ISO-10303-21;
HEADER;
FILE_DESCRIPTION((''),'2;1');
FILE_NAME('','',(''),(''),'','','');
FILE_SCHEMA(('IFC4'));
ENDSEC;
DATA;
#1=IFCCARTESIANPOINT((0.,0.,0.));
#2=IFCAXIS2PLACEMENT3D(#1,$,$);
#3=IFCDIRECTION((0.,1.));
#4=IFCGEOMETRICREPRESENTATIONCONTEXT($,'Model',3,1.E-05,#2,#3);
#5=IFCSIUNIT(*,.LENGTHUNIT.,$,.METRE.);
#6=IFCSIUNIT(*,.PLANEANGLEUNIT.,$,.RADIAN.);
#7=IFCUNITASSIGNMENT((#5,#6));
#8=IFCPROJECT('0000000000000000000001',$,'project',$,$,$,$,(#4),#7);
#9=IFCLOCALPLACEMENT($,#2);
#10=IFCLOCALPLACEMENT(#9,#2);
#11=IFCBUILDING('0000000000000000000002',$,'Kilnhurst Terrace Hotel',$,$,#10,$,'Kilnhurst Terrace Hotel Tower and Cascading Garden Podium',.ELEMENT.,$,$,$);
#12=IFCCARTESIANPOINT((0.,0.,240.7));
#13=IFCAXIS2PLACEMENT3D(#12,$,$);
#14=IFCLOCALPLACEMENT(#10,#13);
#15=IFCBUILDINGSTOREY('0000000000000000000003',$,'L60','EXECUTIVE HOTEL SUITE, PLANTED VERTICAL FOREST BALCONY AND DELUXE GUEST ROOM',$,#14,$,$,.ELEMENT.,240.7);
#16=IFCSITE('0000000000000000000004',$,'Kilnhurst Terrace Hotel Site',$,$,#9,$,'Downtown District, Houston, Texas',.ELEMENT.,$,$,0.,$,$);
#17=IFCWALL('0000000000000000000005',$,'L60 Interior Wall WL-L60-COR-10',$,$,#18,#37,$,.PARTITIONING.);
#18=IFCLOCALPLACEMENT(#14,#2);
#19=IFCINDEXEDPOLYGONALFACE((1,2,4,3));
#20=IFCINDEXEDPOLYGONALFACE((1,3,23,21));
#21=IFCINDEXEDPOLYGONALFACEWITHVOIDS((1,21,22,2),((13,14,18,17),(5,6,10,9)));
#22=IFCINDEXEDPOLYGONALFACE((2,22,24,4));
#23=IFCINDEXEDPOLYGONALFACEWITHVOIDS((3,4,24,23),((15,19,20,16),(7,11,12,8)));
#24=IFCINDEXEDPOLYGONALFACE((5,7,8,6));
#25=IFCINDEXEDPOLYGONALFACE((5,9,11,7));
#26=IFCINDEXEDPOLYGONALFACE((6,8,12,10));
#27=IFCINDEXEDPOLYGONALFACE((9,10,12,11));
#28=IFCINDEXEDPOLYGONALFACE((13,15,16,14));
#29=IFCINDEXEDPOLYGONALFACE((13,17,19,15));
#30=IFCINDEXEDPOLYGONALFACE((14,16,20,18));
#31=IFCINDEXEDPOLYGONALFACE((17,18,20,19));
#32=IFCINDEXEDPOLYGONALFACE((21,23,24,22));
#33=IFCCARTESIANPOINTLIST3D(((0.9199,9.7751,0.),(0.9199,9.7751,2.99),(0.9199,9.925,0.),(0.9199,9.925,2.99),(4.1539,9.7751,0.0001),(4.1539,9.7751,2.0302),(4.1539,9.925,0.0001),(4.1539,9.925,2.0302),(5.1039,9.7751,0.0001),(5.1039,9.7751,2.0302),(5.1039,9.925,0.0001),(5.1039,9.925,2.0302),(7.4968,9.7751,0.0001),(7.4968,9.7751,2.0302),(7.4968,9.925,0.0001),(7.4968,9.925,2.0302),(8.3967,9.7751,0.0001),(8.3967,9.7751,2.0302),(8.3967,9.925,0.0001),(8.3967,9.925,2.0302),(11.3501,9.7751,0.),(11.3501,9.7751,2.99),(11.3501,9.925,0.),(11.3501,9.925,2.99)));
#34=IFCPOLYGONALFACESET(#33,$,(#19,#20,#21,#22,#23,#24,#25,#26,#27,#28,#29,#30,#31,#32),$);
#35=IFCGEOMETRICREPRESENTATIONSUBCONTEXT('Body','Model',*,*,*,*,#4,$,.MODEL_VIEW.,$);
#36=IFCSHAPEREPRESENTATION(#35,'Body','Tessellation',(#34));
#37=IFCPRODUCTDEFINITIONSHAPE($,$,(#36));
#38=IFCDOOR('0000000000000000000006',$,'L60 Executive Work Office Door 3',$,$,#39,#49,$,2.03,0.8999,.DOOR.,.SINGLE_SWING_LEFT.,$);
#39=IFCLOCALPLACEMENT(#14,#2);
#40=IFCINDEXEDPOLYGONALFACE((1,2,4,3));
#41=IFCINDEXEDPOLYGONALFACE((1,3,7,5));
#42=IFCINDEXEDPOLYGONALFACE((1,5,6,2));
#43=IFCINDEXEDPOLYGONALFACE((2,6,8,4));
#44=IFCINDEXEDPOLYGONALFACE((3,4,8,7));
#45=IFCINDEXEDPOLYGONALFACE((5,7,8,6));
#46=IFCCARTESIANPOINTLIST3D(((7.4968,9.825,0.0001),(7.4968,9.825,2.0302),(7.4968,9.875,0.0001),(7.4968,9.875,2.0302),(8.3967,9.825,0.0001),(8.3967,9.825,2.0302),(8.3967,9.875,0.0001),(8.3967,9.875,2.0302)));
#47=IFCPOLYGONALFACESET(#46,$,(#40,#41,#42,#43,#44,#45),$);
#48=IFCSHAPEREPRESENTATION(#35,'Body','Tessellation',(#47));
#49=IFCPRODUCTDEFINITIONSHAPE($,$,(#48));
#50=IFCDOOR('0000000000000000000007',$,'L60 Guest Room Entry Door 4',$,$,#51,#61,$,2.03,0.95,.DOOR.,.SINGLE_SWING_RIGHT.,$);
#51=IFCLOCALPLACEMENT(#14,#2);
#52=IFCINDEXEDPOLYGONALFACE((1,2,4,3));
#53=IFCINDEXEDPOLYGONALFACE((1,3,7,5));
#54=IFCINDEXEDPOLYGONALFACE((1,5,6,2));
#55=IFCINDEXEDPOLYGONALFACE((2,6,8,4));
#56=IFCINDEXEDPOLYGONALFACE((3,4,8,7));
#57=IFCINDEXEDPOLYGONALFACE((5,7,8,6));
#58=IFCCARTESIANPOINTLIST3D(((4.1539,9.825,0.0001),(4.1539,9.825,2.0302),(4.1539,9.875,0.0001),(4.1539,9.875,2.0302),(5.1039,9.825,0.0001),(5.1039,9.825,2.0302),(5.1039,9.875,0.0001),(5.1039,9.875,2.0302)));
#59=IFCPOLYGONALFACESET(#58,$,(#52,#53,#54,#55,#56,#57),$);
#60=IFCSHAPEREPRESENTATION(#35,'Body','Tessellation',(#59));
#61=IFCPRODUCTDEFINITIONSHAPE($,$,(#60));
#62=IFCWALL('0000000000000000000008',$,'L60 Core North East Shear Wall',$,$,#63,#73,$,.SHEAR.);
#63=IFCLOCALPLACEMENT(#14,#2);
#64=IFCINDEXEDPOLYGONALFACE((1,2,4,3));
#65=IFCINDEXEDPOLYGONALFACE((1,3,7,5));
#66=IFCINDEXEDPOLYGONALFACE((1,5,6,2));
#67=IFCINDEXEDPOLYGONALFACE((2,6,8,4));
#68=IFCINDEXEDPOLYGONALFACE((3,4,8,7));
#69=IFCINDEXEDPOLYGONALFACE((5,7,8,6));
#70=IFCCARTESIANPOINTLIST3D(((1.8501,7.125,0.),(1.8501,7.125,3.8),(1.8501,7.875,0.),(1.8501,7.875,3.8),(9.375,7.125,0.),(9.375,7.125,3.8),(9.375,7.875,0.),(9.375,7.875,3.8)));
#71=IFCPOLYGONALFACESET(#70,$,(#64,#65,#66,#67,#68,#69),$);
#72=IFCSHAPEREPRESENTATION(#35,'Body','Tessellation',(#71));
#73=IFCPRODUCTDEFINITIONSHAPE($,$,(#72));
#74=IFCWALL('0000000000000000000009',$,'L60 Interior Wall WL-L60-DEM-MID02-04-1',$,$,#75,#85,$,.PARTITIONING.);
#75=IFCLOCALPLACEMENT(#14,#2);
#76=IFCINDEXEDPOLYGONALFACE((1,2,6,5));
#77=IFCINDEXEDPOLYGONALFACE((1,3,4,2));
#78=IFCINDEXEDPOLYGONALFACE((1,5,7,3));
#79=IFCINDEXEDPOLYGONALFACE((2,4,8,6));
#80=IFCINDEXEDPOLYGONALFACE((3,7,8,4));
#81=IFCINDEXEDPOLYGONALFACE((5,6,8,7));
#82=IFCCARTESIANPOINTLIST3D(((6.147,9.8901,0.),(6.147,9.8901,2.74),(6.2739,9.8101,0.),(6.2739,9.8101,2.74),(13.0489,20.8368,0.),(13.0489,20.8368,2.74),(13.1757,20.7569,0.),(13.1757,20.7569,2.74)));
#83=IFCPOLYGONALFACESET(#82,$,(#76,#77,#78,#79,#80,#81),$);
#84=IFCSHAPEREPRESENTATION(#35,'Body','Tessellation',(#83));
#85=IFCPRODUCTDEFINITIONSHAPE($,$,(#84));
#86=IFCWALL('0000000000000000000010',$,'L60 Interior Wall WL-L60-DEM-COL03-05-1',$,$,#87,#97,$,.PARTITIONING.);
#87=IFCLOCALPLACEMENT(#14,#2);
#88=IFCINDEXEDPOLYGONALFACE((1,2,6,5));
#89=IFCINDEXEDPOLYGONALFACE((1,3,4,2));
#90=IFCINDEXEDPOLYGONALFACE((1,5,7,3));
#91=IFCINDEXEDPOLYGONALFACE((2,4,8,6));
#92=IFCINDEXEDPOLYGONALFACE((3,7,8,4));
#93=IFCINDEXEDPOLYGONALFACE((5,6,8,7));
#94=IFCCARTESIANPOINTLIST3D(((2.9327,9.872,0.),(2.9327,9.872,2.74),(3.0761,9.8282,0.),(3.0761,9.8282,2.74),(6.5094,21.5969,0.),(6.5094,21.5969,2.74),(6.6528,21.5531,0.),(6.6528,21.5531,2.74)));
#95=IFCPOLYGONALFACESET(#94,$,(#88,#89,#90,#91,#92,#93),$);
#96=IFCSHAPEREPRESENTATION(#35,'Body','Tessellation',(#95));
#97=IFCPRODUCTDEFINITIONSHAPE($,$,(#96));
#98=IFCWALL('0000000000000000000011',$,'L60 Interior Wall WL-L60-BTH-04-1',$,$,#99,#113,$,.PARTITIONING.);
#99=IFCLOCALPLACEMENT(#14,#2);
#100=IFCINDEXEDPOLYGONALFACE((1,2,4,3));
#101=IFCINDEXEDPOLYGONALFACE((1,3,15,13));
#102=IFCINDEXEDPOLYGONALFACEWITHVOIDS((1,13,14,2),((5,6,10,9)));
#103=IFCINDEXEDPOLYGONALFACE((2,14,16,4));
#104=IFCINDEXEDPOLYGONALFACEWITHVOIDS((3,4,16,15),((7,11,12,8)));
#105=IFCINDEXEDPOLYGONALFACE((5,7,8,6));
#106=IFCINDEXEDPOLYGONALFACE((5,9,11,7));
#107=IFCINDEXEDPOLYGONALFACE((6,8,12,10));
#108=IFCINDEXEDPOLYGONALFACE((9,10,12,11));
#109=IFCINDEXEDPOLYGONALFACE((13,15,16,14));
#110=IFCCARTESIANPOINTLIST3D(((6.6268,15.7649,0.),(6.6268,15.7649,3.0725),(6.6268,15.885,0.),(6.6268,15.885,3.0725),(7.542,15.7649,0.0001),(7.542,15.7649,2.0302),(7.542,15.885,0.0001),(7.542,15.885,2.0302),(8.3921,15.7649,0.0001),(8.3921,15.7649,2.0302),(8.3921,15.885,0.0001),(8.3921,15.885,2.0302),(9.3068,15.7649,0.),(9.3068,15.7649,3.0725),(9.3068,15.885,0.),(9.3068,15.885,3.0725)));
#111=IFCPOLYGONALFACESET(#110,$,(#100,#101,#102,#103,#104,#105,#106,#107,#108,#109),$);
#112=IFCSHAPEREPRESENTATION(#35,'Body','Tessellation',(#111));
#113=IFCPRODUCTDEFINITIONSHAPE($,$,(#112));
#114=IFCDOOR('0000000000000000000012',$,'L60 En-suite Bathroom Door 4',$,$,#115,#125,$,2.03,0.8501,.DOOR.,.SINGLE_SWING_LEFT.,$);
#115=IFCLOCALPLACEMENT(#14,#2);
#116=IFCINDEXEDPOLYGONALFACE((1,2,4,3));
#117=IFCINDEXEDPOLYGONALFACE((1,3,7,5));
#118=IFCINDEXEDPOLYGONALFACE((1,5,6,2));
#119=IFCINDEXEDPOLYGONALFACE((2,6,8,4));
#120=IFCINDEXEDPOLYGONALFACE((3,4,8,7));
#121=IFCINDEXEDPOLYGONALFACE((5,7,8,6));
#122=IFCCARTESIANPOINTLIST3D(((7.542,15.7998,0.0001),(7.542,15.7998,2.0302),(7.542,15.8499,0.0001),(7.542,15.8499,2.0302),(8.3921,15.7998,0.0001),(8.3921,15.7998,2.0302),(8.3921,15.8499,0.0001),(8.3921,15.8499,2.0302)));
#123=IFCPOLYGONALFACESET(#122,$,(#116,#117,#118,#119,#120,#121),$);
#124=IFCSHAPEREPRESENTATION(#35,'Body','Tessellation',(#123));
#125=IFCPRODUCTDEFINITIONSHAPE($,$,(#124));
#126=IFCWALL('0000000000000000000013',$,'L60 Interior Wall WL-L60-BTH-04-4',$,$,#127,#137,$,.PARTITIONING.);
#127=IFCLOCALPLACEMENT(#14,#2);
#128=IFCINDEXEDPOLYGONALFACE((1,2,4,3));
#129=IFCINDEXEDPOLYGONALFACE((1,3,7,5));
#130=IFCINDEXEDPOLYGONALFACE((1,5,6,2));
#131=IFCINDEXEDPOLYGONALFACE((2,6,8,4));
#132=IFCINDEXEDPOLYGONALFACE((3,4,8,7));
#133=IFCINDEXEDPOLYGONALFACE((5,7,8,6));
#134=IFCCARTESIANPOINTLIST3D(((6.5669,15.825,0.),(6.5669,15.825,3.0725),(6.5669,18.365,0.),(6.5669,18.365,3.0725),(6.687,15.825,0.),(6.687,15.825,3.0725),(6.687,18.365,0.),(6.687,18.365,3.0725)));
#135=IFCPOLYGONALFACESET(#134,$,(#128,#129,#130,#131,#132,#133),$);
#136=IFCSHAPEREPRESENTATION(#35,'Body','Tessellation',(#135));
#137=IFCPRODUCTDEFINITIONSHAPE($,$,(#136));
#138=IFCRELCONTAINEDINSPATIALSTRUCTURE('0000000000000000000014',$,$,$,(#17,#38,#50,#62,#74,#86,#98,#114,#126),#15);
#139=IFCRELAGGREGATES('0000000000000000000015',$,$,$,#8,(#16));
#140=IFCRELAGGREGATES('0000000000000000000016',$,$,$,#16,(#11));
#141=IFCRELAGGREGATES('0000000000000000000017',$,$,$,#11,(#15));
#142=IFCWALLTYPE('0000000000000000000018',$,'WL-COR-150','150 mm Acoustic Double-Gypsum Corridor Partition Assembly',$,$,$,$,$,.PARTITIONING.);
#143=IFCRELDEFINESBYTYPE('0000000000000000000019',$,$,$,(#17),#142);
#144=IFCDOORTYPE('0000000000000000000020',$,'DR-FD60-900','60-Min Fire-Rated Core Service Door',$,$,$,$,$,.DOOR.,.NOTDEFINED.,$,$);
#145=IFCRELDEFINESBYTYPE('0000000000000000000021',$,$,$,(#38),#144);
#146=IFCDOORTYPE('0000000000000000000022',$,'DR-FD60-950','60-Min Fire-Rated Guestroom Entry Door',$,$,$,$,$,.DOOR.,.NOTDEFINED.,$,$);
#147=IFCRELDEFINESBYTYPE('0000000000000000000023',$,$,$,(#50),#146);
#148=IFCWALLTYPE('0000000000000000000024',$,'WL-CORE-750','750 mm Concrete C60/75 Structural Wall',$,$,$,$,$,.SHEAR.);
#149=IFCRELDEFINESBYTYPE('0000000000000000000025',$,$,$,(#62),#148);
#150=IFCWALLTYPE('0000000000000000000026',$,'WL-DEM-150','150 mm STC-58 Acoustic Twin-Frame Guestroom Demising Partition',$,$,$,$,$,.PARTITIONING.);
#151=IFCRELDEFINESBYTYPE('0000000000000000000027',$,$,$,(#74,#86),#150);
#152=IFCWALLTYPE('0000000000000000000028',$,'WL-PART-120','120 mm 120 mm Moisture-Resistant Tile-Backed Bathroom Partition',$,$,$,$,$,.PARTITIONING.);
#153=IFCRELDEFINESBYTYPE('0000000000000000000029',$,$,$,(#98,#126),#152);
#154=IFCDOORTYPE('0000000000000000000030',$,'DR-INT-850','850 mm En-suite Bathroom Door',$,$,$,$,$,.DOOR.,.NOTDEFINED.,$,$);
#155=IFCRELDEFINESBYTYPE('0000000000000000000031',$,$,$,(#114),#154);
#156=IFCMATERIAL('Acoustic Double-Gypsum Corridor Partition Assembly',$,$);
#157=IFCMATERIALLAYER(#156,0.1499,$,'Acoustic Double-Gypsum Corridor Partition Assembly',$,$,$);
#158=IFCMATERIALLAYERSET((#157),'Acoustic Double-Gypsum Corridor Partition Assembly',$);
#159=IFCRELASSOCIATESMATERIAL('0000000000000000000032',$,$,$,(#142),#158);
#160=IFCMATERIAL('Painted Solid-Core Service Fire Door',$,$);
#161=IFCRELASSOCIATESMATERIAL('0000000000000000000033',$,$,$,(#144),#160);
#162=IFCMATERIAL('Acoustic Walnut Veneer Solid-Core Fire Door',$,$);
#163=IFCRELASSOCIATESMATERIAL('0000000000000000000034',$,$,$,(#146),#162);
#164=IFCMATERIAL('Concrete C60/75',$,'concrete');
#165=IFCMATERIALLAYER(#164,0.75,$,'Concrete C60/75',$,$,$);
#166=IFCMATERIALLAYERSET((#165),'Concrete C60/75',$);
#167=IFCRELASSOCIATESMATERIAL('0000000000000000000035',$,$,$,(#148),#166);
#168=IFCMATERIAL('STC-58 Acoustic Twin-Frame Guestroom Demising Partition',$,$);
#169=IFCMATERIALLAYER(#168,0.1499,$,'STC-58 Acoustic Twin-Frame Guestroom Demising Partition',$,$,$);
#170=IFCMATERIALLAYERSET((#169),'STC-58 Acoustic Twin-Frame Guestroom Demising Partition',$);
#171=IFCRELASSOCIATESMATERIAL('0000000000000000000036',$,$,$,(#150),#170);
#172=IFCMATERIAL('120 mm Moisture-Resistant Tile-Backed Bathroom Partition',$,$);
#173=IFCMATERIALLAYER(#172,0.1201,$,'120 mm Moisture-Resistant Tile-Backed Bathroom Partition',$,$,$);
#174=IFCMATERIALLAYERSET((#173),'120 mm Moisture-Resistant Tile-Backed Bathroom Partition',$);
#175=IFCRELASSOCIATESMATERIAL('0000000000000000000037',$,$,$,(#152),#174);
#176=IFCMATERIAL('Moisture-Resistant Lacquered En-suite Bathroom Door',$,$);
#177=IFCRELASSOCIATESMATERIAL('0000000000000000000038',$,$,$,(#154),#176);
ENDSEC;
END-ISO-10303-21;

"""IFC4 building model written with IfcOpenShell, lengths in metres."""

from ifc_helpers import new_model, si_unit, direction, frame, frame_2d, origin, place, context, subcontext, project, spatial, rectangle, extrude, material, layer, layer_set, type_object, element, fill, save


model = new_model("IFC4")

# Units and contexts
model_context = context("Model", 3, precision=1e-05, world=origin(), true_north=direction((0.0, 1.0)))
body_context = subcontext(model_context, "Body", "Model", "MODEL_VIEW")
ifc_project = project(units=[si_unit("LENGTHUNIT", "METRE"), si_unit("PLANEANGLEUNIT", "RADIAN")], contexts=[model_context])

# Site, building, storey
site_placement = place(None, origin())
site = spatial("IfcSite", under=ifc_project, at=site_placement, Name="Kilnhurst Terrace Hotel Site", LongName="Downtown District, Houston, Texas", CompositionType="ELEMENT", RefElevation=0.0)
building_placement = place(site_placement, origin())
building = spatial("IfcBuilding", under=site, at=building_placement, Name="Kilnhurst Terrace Hotel", LongName="Kilnhurst Terrace Hotel Tower and Cascading Garden Podium", CompositionType="ELEMENT")
storey_placement = place(building_placement, frame((0.0, 0.0, 240.7)))
storey = spatial("IfcBuildingStorey", under=building, at=storey_placement, Name="L60", Description="EXECUTIVE HOTEL SUITE, PLANTED VERTICAL FOREST BALCONY AND DELUXE GUEST ROOM", CompositionType="ELEMENT", Elevation=240.7)

# Shared definitions
ifc_material_1 = material(Name="Concrete C60/75", Category="concrete")

# Shared definitions
ifc_material_2 = material(Name="Acoustic Double-Gypsum Corridor Partition Assembly")
ifc_layer_1 = layer(ifc_material_2, 0.1499, Name="Acoustic Double-Gypsum Corridor Partition Assembly")
ifc_layer_set_1 = layer_set([ifc_layer_1], Name="Acoustic Double-Gypsum Corridor Partition Assembly")
wall_type_1 = type_object("IfcWallType", Name="WL-COR-150", Description="150 mm Acoustic Double-Gypsum Corridor Partition Assembly", PredefinedType="PARTITIONING", material=ifc_layer_set_1)

# Wall, openings, doors
wall_1_placement = place(storey_placement, frame((0.9199, 9.8501, 0.0), z_axis=(0.0, 0.0, 1.0), x_axis=(1.0, 0.0, 0.0)))
wall_1 = element("IfcWall", 1, at=wall_1_placement, inside=storey, type_object=wall_type_1, Name="L60 Interior Wall WL-L60-COR-10", PredefinedType="PARTITIONING", context=body_context, shape_type="SweptSolid", body=[
    extrude(rectangle(XDim=10.4302, YDim=0.1499, at=frame_2d((5.2151, 0.0))), origin(), (0.0, 0.0, 1.0), 2.99),
])
opening_1_placement = place(wall_1_placement, frame((6.5769, 0.0, 0.0)))
opening_1 = element("IfcOpeningElement", 2, at=opening_1_placement, cuts=wall_1, PredefinedType="OPENING", context=body_context, shape_type="SweptSolid", body=[
    extrude(rectangle(XDim=0.8999, YDim=2.03, at=frame_2d((0.45, 1.0151))), frame((0.0, 0.085, 0.0), z_axis=(0.0, -1.0, 0.0), x_axis=(1.0, 0.0, 0.0)), (0.0, 0.0, 1.0), 0.1699),
])
opening_2_placement = place(wall_1_placement, frame((3.2339, 0.0, 0.0)))
opening_2 = element("IfcOpeningElement", 3, at=opening_2_placement, cuts=wall_1, PredefinedType="OPENING", context=body_context, shape_type="SweptSolid", body=[
    extrude(rectangle(XDim=0.95, YDim=2.03, at=frame_2d((0.4751, 1.0151))), frame((0.0, 0.085, 0.0), z_axis=(0.0, -1.0, 0.0), x_axis=(1.0, 0.0, 0.0)), (0.0, 0.0, 1.0), 0.1699),
])
ifc_material_3 = material(Name="Painted Solid-Core Service Fire Door")
door_type_1 = type_object("IfcDoorType", Name="DR-FD60-900", Description="60-Min Fire-Rated Core Service Door", OperationType="NOTDEFINED", PredefinedType="DOOR", material=ifc_material_3)
door_1_placement = place(opening_1_placement, origin())
door_1 = element("IfcDoor", 4, at=door_1_placement, inside=storey, type_object=door_type_1, Name="L60 Executive Work Office Door 3", OperationType="SINGLE_SWING_LEFT", OverallHeight=2.03, OverallWidth=0.8999, PredefinedType="DOOR", context=body_context, shape_type="SweptSolid", body=[
    extrude(rectangle(XDim=0.8999, YDim=2.03, at=frame_2d((0.45, 1.0151))), frame((0.0, 0.0249, 0.0), z_axis=(0.0, -1.0, 0.0), x_axis=(1.0, 0.0, 0.0)), (0.0, 0.0, 1.0), 0.05),
])
fill(opening_1, door_1)
ifc_material_4 = material(Name="Acoustic Walnut Veneer Solid-Core Fire Door")
door_type_2 = type_object("IfcDoorType", Name="DR-FD60-950", Description="60-Min Fire-Rated Guestroom Entry Door", OperationType="NOTDEFINED", PredefinedType="DOOR", material=ifc_material_4)
door_2_placement = place(opening_2_placement, origin())
door_2 = element("IfcDoor", 5, at=door_2_placement, inside=storey, type_object=door_type_2, Name="L60 Guest Room Entry Door 4", OperationType="SINGLE_SWING_RIGHT", OverallHeight=2.03, OverallWidth=0.95, PredefinedType="DOOR", context=body_context, shape_type="SweptSolid", body=[
    extrude(rectangle(XDim=0.95, YDim=2.03, at=frame_2d((0.4751, 1.0151))), frame((0.0, 0.0249, 0.0), z_axis=(0.0, -1.0, 0.0), x_axis=(1.0, 0.0, 0.0)), (0.0, 0.0, 1.0), 0.05),
])
fill(opening_2, door_2)

# Walls
ifc_layer_2 = layer(ifc_material_1, 0.75, Name="Concrete C60/75")
ifc_layer_set_2 = layer_set([ifc_layer_2], Name="Concrete C60/75")
wall_type_2 = type_object("IfcWallType", Name="WL-CORE-750", Description="750 mm Concrete C60/75 Structural Wall", PredefinedType="SHEAR", material=ifc_layer_set_2)
wall_2_placement = place(storey_placement, frame((1.8501, 7.5, 0.0), z_axis=(0.0, 0.0, 1.0), x_axis=(1.0, 0.0, 0.0)))
element("IfcWall", 6, at=wall_2_placement, inside=storey, type_object=wall_type_2, Name="L60 Core North East Shear Wall", PredefinedType="SHEAR", context=body_context, shape_type="SweptSolid", body=[
    extrude(rectangle(XDim=7.5249, YDim=0.75, at=frame_2d((3.7625, 0.0))), origin(), (0.0, 0.0, 1.0), 3.8),
])
ifc_material_5 = material(Name="STC-58 Acoustic Twin-Frame Guestroom Demising Partition")
ifc_layer_3 = layer(ifc_material_5, 0.1499, Name="STC-58 Acoustic Twin-Frame Guestroom Demising Partition")
ifc_layer_set_3 = layer_set([ifc_layer_3], Name="STC-58 Acoustic Twin-Frame Guestroom Demising Partition")
wall_type_3 = type_object("IfcWallType", Name="WL-DEM-150", Description="150 mm STC-58 Acoustic Twin-Frame Guestroom Demising Partition", PredefinedType="PARTITIONING", material=ifc_layer_set_3)
wall_3_placement = place(storey_placement, frame((6.2104, 9.8501, 0.0), z_axis=(0.0, 0.0, 1.0), x_axis=(0.533336, 0.845904, 0.0)))
element("IfcWall", 7, at=wall_3_placement, inside=storey, type_object=wall_type_3, Name="L60 Interior Wall WL-L60-DEM-MID02-04-1", PredefinedType="PARTITIONING", context=body_context, shape_type="SweptSolid", body=[
    extrude(rectangle(XDim=12.9409, YDim=0.1499, at=frame_2d((6.4705, 0.0))), origin(), (0.0, 0.0, 1.0), 2.74),
])
wall_4_placement = place(storey_placement, frame((3.0044, 9.8501, 0.0), z_axis=(0.0, 0.0, 1.0), x_axis=(0.291776, 0.956487, 0.0)))
element("IfcWall", 8, at=wall_4_placement, inside=storey, type_object=wall_type_3, Name="L60 Interior Wall WL-L60-DEM-COL03-05-1", PredefinedType="PARTITIONING", context=body_context, shape_type="SweptSolid", body=[
    extrude(rectangle(XDim=12.2583, YDim=0.1499, at=frame_2d((6.1292, 0.0))), origin(), (0.0, 0.0, 1.0), 2.74),
])

# Wall, opening, door
ifc_material_6 = material(Name="120 mm Moisture-Resistant Tile-Backed Bathroom Partition")
ifc_layer_4 = layer(ifc_material_6, 0.1201, Name="120 mm Moisture-Resistant Tile-Backed Bathroom Partition")
ifc_layer_set_4 = layer_set([ifc_layer_4], Name="120 mm Moisture-Resistant Tile-Backed Bathroom Partition")
wall_type_4 = type_object("IfcWallType", Name="WL-PART-120", Description="120 mm 120 mm Moisture-Resistant Tile-Backed Bathroom Partition", PredefinedType="PARTITIONING", material=ifc_layer_set_4)
wall_5_placement = place(storey_placement, frame((6.627, 15.825, 0.0), z_axis=(0.0, 0.0, 1.0), x_axis=(1.0, 0.0, 0.0)))
wall_5 = element("IfcWall", 9, at=wall_5_placement, inside=storey, type_object=wall_type_4, Name="L60 Interior Wall WL-L60-BTH-04-1", PredefinedType="PARTITIONING", context=body_context, shape_type="SweptSolid", body=[
    extrude(rectangle(XDim=2.6799, YDim=0.1201, at=frame_2d((1.3398, 0.0))), origin(), (0.0, 0.0, 1.0), 3.0725),
])
opening_3_placement = place(wall_5_placement, frame((0.915, 0.0, 0.0)))
opening_3 = element("IfcOpeningElement", 10, at=opening_3_placement, cuts=wall_5, PredefinedType="OPENING", context=body_context, shape_type="SweptSolid", body=[
    extrude(rectangle(XDim=0.8501, YDim=2.03, at=frame_2d((0.425, 1.0151))), frame((0.0, 0.0701, 0.0), z_axis=(0.0, -1.0, 0.0), x_axis=(1.0, 0.0, 0.0)), (0.0, 0.0, 1.0), 0.1401),
])
ifc_material_7 = material(Name="Moisture-Resistant Lacquered En-suite Bathroom Door")
door_type_3 = type_object("IfcDoorType", Name="DR-INT-850", Description="850 mm En-suite Bathroom Door", OperationType="NOTDEFINED", PredefinedType="DOOR", material=ifc_material_7)
door_3_placement = place(opening_3_placement, origin())
door_3 = element("IfcDoor", 11, at=door_3_placement, inside=storey, type_object=door_type_3, Name="L60 En-suite Bathroom Door 4", OperationType="SINGLE_SWING_LEFT", OverallHeight=2.03, OverallWidth=0.8501, PredefinedType="DOOR", context=body_context, shape_type="SweptSolid", body=[
    extrude(rectangle(XDim=0.8501, YDim=2.03, at=frame_2d((0.425, 1.0151))), frame((0.0, 0.0249, 0.0), z_axis=(0.0, -1.0, 0.0), x_axis=(1.0, 0.0, 0.0)), (0.0, 0.0, 1.0), 0.05),
])
fill(opening_3, door_3)

# Wall
wall_6_placement = place(storey_placement, frame((6.627, 18.365, 0.0), z_axis=(0.0, 0.0, 1.0), x_axis=(0.0, -1.0, 0.0)))
element("IfcWall", 12, at=wall_6_placement, inside=storey, type_object=wall_type_4, Name="L60 Interior Wall WL-L60-BTH-04-4", PredefinedType="PARTITIONING", context=body_context, shape_type="SweptSolid", body=[
    extrude(rectangle(XDim=2.54, YDim=0.1201, at=frame_2d((1.27, 0.0))), origin(), (0.0, 0.0, 1.0), 3.0725),
])

save(model, "model.ifc")
